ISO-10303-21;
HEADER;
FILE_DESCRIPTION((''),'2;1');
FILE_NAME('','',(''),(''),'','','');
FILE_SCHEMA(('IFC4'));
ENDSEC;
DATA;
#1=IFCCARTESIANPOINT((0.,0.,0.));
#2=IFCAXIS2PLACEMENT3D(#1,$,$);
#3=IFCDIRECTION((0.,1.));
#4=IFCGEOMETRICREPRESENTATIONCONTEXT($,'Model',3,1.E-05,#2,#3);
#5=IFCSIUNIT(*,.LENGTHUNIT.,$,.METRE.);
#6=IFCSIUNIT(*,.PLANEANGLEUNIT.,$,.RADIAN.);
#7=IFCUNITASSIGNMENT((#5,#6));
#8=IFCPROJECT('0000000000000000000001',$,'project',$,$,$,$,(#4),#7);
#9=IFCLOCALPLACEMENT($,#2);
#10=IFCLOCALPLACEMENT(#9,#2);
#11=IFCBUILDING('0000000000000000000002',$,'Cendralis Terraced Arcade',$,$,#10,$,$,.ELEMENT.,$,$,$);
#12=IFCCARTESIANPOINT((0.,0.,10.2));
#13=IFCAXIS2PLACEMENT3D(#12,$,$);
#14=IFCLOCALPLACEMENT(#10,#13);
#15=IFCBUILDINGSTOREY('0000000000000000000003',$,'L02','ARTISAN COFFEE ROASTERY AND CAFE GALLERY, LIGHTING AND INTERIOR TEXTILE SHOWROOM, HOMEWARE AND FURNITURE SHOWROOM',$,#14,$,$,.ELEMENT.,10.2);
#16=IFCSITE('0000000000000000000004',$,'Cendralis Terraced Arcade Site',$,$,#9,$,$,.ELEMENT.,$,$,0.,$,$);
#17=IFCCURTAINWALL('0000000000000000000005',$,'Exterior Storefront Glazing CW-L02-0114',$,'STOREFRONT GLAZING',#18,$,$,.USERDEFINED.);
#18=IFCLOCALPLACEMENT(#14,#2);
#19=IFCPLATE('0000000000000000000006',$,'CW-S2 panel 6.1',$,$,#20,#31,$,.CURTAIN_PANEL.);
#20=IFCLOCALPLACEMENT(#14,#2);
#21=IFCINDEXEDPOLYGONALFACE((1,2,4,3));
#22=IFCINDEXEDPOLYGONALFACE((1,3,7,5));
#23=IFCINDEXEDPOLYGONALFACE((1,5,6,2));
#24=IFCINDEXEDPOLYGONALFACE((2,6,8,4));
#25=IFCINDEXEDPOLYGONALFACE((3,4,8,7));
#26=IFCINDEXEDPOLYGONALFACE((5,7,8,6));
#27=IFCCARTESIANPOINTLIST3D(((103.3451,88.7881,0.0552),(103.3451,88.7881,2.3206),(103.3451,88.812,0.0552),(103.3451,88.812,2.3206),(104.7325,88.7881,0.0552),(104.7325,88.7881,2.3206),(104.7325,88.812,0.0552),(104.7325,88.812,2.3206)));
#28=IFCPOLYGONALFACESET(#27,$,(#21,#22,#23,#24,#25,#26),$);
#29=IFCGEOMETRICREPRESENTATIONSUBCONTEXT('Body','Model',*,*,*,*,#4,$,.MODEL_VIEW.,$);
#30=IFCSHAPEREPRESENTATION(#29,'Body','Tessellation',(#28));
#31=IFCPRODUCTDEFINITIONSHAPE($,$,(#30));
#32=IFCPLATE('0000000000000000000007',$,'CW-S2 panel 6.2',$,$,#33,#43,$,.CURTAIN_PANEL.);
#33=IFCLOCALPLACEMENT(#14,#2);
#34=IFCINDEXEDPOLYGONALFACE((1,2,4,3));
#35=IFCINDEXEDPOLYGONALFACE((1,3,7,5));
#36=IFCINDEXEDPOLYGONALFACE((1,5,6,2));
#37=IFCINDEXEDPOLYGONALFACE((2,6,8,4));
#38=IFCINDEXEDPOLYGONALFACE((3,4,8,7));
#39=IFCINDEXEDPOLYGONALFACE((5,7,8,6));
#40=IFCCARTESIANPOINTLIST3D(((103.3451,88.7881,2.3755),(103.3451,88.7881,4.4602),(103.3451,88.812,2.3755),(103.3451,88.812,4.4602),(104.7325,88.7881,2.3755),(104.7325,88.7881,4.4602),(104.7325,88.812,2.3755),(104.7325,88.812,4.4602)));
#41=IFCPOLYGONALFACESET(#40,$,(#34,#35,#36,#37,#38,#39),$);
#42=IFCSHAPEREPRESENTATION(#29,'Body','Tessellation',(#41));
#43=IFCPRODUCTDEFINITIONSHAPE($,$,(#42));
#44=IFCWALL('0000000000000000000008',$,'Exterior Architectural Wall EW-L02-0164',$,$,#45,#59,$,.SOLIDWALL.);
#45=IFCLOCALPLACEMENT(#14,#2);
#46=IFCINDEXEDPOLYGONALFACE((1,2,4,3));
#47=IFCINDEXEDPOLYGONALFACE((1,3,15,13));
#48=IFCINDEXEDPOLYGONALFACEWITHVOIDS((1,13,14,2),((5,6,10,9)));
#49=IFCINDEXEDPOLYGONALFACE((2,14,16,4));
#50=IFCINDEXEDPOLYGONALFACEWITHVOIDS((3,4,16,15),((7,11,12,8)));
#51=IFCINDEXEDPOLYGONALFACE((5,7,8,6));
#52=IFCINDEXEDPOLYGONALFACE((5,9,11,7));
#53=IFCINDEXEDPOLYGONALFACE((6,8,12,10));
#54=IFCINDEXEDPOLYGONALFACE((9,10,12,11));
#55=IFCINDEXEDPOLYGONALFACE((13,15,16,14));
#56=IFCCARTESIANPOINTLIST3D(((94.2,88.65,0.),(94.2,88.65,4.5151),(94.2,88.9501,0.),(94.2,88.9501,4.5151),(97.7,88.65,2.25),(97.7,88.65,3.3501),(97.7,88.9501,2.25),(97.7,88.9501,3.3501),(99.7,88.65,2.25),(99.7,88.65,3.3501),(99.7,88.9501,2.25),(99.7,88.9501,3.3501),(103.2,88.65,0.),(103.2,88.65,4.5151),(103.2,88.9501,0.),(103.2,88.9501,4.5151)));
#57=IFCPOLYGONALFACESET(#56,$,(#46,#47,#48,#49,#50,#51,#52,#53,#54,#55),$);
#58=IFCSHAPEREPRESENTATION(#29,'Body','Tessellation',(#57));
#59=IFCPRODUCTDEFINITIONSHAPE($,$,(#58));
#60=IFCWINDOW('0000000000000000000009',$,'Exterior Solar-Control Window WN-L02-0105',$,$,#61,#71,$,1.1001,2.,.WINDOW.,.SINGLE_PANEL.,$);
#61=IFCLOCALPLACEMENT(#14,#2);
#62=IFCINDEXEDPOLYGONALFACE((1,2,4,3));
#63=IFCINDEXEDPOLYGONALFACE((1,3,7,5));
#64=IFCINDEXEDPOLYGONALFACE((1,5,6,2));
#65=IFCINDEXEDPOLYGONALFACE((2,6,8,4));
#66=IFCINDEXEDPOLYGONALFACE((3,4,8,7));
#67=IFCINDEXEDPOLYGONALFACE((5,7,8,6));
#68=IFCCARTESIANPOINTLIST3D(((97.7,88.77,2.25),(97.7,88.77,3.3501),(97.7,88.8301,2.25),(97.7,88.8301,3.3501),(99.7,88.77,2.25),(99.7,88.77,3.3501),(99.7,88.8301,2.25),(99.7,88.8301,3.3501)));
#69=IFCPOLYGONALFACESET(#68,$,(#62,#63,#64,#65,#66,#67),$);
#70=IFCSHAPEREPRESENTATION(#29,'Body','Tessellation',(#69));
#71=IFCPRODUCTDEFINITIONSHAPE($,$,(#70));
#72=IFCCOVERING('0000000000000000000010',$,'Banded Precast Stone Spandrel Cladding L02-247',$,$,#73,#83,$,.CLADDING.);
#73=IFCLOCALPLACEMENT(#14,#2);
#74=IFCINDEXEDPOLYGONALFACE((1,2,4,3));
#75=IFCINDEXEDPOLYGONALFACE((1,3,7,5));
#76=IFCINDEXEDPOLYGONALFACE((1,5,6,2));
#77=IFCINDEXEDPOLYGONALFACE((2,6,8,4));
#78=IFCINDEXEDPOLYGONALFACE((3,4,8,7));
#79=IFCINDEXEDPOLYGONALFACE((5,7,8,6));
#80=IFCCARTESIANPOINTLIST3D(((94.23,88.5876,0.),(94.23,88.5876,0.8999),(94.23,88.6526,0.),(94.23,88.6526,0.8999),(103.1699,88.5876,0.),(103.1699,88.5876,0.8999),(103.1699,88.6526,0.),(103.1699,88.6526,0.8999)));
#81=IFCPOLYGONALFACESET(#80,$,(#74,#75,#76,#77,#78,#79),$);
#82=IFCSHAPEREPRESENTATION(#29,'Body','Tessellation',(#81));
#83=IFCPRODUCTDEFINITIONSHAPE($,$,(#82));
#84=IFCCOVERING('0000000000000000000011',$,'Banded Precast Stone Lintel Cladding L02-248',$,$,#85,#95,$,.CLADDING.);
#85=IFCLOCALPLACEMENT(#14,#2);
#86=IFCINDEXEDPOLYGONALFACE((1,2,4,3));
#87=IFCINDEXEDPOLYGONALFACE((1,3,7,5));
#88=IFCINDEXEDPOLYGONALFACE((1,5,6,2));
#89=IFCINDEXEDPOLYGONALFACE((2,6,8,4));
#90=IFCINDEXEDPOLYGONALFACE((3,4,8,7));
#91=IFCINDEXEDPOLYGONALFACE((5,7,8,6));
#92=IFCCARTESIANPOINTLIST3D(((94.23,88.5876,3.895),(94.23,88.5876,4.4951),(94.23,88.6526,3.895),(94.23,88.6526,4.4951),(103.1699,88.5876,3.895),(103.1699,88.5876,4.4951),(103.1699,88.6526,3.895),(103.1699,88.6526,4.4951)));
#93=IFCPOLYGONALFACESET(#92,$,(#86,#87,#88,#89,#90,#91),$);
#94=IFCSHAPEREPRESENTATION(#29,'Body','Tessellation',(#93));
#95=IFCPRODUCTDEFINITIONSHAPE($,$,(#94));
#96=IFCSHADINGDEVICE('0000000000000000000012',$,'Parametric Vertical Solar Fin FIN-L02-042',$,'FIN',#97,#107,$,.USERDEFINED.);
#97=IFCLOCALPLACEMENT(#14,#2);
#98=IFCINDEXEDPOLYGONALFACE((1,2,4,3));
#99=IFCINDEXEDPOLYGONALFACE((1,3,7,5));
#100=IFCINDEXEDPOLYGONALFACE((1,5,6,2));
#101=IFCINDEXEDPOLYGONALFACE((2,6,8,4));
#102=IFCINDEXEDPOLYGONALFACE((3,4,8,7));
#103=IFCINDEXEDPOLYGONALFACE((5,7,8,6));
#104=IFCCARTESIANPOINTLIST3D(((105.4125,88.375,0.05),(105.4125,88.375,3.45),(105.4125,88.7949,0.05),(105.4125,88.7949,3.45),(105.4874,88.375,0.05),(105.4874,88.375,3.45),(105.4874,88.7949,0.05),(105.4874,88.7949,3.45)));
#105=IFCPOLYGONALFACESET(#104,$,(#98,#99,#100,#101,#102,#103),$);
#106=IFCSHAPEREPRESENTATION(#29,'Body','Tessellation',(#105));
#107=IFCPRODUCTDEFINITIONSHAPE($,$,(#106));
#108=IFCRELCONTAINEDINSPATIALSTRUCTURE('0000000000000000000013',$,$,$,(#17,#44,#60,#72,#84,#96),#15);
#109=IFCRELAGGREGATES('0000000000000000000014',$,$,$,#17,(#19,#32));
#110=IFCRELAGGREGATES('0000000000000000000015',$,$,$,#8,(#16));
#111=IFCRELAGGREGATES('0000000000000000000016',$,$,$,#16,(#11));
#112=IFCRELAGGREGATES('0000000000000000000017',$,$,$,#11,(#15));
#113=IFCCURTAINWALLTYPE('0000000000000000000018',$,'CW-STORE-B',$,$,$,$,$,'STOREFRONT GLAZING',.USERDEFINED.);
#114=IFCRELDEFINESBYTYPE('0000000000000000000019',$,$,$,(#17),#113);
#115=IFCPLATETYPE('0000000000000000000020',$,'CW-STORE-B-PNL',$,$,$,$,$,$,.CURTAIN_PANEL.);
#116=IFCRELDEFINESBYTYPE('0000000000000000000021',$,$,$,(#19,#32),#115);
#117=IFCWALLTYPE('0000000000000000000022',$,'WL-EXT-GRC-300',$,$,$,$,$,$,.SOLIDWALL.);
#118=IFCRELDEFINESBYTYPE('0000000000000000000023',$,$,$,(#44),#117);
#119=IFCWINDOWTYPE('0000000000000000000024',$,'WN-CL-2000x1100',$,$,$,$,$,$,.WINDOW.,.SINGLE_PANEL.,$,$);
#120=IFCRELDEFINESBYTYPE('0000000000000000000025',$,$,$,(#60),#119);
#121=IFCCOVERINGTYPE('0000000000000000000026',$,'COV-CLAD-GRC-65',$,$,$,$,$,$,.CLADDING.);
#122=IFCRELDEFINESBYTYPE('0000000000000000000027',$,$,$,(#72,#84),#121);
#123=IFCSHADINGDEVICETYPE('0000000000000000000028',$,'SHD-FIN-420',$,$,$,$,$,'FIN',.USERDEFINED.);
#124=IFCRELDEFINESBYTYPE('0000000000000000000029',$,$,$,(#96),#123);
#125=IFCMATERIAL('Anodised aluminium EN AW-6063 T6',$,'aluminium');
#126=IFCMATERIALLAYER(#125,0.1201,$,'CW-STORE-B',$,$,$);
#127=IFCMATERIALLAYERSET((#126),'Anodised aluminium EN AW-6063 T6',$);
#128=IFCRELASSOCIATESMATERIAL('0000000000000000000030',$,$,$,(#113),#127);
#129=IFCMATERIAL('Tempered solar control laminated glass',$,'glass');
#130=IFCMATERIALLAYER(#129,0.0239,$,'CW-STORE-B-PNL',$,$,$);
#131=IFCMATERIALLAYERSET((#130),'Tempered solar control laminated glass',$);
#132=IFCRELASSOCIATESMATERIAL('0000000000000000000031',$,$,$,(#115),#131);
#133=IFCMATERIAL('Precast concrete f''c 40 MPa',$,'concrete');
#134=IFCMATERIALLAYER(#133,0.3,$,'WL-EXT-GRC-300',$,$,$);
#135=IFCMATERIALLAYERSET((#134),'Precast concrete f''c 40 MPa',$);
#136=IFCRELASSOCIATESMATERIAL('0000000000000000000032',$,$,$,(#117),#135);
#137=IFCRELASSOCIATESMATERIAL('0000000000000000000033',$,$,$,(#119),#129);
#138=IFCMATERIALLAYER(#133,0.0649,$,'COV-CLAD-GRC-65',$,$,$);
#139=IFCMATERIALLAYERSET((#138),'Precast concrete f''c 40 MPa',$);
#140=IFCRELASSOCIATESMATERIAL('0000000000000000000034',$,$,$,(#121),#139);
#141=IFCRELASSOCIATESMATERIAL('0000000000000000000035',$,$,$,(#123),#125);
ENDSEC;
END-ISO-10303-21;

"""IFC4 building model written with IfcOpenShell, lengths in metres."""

from ifc_helpers import new_model, si_unit, direction, frame, frame_2d, origin, origin_2d, place, context, subcontext, project, spatial, rectangle, extrude, material, layer, layer_set, type_object, element, fill, aggregate, save


model = new_model("IFC4")

# Units and contexts
model_context = context("Model", 3, precision=1e-05, world=origin(), true_north=direction((0.0, 1.0)))
body_context = subcontext(model_context, "Body", "Model", "MODEL_VIEW")
ifc_project = project(units=[si_unit("LENGTHUNIT", "METRE"), si_unit("PLANEANGLEUNIT", "RADIAN")], contexts=[model_context])

# Site, building, storey
site_placement = place(None, origin())
site = spatial("IfcSite", under=ifc_project, at=site_placement, Name="Cendralis Terraced Arcade Site", CompositionType="ELEMENT", RefElevation=0.0)
building_placement = place(site_placement, origin())
building = spatial("IfcBuilding", under=site, at=building_placement, Name="Cendralis Terraced Arcade", CompositionType="ELEMENT")
storey_placement = place(building_placement, frame((0.0, 0.0, 10.2)))
storey = spatial("IfcBuildingStorey", under=building, at=storey_placement, Name="L02", Description="ARTISAN COFFEE ROASTERY AND CAFE GALLERY, LIGHTING AND INTERIOR TEXTILE SHOWROOM, HOMEWARE AND FURNITURE SHOWROOM", CompositionType="ELEMENT", Elevation=10.2)

# Curtain wall, plates
ifc_material_1 = material(Name="Anodised aluminium EN AW-6063 T6", Category="aluminium")
ifc_layer_1 = layer(ifc_material_1, 0.1201, Name="CW-STORE-B")
ifc_layer_set_1 = layer_set([ifc_layer_1], Name="Anodised aluminium EN AW-6063 T6")
curtain_wall_type = type_object("IfcCurtainWallType", Name="CW-STORE-B", ElementType="STOREFRONT GLAZING", PredefinedType="USERDEFINED", material=ifc_layer_set_1)
curtain_wall_placement = place(storey_placement, origin())
curtain_wall = element("IfcCurtainWall", 1, at=curtain_wall_placement, inside=storey, type_object=curtain_wall_type, Name="Exterior Storefront Glazing CW-L02-0114", ObjectType="STOREFRONT GLAZING", PredefinedType="USERDEFINED")
ifc_material_2 = material(Name="Tempered solar control laminated glass", Category="glass")
ifc_layer_2 = layer(ifc_material_2, 0.0239, Name="CW-STORE-B-PNL")
ifc_layer_set_2 = layer_set([ifc_layer_2], Name="Tempered solar control laminated glass")
plate_type = type_object("IfcPlateType", Name="CW-STORE-B-PNL", PredefinedType="CURTAIN_PANEL", material=ifc_layer_set_2)
plate_1_placement = place(storey_placement, frame((104.0388, 88.8, 0.0552), z_axis=(0.0, 0.0, 1.0), x_axis=(-1.0, 0.0, 0.0)))
plate_1 = element("IfcPlate", 2, at=plate_1_placement, type_object=plate_type, Name="CW-S2 panel 6.1", PredefinedType="CURTAIN_PANEL", context=body_context, shape_type="SweptSolid", body=[
    extrude(rectangle(XDim=1.3875, YDim=0.0239, at=origin_2d()), origin(), (0.0, 0.0, 1.0), 2.2654),
])
plate_2_placement = place(storey_placement, frame((104.0388, 88.8, 2.3755), z_axis=(0.0, 0.0, 1.0), x_axis=(-1.0, 0.0, 0.0)))
plate_2 = element("IfcPlate", 3, at=plate_2_placement, type_object=plate_type, Name="CW-S2 panel 6.2", PredefinedType="CURTAIN_PANEL", context=body_context, shape_type="SweptSolid", body=[
    extrude(rectangle(XDim=1.3875, YDim=0.0239, at=origin_2d()), origin(), (0.0, 0.0, 1.0), 2.0847),
])
aggregate(curtain_wall, [plate_1, plate_2])

# Wall, opening, window
ifc_material_3 = material(Name="Precast concrete f'c 40 MPa", Category="concrete")
ifc_layer_3 = layer(ifc_material_3, 0.3, Name="WL-EXT-GRC-300")
ifc_layer_set_3 = layer_set([ifc_layer_3], Name="Precast concrete f'c 40 MPa")
wall_type = type_object("IfcWallType", Name="WL-EXT-GRC-300", PredefinedType="SOLIDWALL", material=ifc_layer_set_3)
wall_placement = place(storey_placement, frame((103.2, 88.8, 0.0), z_axis=(0.0, 0.0, 1.0), x_axis=(-1.0, 0.0, 0.0)))
wall = element("IfcWall", 4, at=wall_placement, inside=storey, type_object=wall_type, Name="Exterior Architectural Wall EW-L02-0164", PredefinedType="SOLIDWALL", context=body_context, shape_type="SweptSolid", body=[
    extrude(rectangle(XDim=9.0, YDim=0.3, at=frame_2d((4.5, 0.0))), origin(), (0.0, 0.0, 1.0), 4.5151),
])
opening_placement = place(wall_placement, frame((3.5, 0.0, 2.25)))
opening = element("IfcOpeningElement", 5, at=opening_placement, cuts=wall, PredefinedType="OPENING", context=body_context, shape_type="SweptSolid", body=[
    extrude(rectangle(XDim=2.0, YDim=1.1001, at=frame_2d((1.0, 0.55))), frame((0.0, 0.1621, 0.0), z_axis=(0.0, -1.0, 0.0), x_axis=(1.0, 0.0, 0.0)), (0.0, 0.0, 1.0), 0.324),
])
window_type = type_object("IfcWindowType", Name="WN-CL-2000x1100", PartitioningType="SINGLE_PANEL", PredefinedType="WINDOW", material=ifc_material_2)
window_placement = place(opening_placement, origin())
window = element("IfcWindow", 6, at=window_placement, inside=storey, type_object=window_type, Name="Exterior Solar-Control Window WN-L02-0105", OverallHeight=1.1001, OverallWidth=2.0, PartitioningType="SINGLE_PANEL", PredefinedType="WINDOW", context=body_context, shape_type="SweptSolid", body=[
    extrude(rectangle(XDim=2.0, YDim=1.1001, at=frame_2d((1.0, 0.55))), frame((0.0, 0.03, 0.0), z_axis=(0.0, -1.0, 0.0), x_axis=(1.0, 0.0, 0.0)), (0.0, 0.0, 1.0), 0.0601),
])
fill(opening, window)

# Coverings
ifc_layer_4 = layer(ifc_material_3, 0.0649, Name="COV-CLAD-GRC-65")
ifc_layer_set_4 = layer_set([ifc_layer_4], Name="Precast concrete f'c 40 MPa")
covering_type = type_object("IfcCoveringType", Name="COV-CLAD-GRC-65", PredefinedType="CLADDING", material=ifc_layer_set_4)
covering_1_placement = place(storey_placement, frame((98.7, 88.6201, 0.0), z_axis=(0.0, 0.0, 1.0), x_axis=(-1.0, 0.0, 0.0)))
element("IfcCovering", 7, at=covering_1_placement, inside=storey, type_object=covering_type, Name="Banded Precast Stone Spandrel Cladding L02-247", PredefinedType="CLADDING", context=body_context, shape_type="SweptSolid", body=[
    extrude(rectangle(XDim=8.9399, YDim=0.0649, at=origin_2d()), origin(), (0.0, 0.0, 1.0), 0.8999),
])
covering_2_placement = place(storey_placement, frame((98.7, 88.6201, 3.895), z_axis=(0.0, 0.0, 1.0), x_axis=(-1.0, 0.0, 0.0)))
element("IfcCovering", 8, at=covering_2_placement, inside=storey, type_object=covering_type, Name="Banded Precast Stone Lintel Cladding L02-248", PredefinedType="CLADDING", context=body_context, shape_type="SweptSolid", body=[
    extrude(rectangle(XDim=8.9399, YDim=0.0649, at=origin_2d()), origin(), (0.0, 0.0, 1.0), 0.6001),
])

# Shading device
shading_device_type = type_object("IfcShadingDeviceType", Name="SHD-FIN-420", ElementType="FIN", PredefinedType="USERDEFINED", material=ifc_material_1)
shading_device_placement = place(storey_placement, frame((105.45, 88.585, 0.05), z_axis=(0.0, 0.0, 1.0), x_axis=(-1.0, 0.0, 0.0)))
element("IfcShadingDevice", 9, at=shading_device_placement, inside=storey, type_object=shading_device_type, Name="Parametric Vertical Solar Fin FIN-L02-042", ObjectType="FIN", PredefinedType="USERDEFINED", context=body_context, shape_type="SweptSolid", body=[
    extrude(rectangle(XDim=0.075, YDim=0.4199, at=origin_2d()), origin(), (0.0, 0.0, 1.0), 3.3999),
])

save(model, "model.ifc")
